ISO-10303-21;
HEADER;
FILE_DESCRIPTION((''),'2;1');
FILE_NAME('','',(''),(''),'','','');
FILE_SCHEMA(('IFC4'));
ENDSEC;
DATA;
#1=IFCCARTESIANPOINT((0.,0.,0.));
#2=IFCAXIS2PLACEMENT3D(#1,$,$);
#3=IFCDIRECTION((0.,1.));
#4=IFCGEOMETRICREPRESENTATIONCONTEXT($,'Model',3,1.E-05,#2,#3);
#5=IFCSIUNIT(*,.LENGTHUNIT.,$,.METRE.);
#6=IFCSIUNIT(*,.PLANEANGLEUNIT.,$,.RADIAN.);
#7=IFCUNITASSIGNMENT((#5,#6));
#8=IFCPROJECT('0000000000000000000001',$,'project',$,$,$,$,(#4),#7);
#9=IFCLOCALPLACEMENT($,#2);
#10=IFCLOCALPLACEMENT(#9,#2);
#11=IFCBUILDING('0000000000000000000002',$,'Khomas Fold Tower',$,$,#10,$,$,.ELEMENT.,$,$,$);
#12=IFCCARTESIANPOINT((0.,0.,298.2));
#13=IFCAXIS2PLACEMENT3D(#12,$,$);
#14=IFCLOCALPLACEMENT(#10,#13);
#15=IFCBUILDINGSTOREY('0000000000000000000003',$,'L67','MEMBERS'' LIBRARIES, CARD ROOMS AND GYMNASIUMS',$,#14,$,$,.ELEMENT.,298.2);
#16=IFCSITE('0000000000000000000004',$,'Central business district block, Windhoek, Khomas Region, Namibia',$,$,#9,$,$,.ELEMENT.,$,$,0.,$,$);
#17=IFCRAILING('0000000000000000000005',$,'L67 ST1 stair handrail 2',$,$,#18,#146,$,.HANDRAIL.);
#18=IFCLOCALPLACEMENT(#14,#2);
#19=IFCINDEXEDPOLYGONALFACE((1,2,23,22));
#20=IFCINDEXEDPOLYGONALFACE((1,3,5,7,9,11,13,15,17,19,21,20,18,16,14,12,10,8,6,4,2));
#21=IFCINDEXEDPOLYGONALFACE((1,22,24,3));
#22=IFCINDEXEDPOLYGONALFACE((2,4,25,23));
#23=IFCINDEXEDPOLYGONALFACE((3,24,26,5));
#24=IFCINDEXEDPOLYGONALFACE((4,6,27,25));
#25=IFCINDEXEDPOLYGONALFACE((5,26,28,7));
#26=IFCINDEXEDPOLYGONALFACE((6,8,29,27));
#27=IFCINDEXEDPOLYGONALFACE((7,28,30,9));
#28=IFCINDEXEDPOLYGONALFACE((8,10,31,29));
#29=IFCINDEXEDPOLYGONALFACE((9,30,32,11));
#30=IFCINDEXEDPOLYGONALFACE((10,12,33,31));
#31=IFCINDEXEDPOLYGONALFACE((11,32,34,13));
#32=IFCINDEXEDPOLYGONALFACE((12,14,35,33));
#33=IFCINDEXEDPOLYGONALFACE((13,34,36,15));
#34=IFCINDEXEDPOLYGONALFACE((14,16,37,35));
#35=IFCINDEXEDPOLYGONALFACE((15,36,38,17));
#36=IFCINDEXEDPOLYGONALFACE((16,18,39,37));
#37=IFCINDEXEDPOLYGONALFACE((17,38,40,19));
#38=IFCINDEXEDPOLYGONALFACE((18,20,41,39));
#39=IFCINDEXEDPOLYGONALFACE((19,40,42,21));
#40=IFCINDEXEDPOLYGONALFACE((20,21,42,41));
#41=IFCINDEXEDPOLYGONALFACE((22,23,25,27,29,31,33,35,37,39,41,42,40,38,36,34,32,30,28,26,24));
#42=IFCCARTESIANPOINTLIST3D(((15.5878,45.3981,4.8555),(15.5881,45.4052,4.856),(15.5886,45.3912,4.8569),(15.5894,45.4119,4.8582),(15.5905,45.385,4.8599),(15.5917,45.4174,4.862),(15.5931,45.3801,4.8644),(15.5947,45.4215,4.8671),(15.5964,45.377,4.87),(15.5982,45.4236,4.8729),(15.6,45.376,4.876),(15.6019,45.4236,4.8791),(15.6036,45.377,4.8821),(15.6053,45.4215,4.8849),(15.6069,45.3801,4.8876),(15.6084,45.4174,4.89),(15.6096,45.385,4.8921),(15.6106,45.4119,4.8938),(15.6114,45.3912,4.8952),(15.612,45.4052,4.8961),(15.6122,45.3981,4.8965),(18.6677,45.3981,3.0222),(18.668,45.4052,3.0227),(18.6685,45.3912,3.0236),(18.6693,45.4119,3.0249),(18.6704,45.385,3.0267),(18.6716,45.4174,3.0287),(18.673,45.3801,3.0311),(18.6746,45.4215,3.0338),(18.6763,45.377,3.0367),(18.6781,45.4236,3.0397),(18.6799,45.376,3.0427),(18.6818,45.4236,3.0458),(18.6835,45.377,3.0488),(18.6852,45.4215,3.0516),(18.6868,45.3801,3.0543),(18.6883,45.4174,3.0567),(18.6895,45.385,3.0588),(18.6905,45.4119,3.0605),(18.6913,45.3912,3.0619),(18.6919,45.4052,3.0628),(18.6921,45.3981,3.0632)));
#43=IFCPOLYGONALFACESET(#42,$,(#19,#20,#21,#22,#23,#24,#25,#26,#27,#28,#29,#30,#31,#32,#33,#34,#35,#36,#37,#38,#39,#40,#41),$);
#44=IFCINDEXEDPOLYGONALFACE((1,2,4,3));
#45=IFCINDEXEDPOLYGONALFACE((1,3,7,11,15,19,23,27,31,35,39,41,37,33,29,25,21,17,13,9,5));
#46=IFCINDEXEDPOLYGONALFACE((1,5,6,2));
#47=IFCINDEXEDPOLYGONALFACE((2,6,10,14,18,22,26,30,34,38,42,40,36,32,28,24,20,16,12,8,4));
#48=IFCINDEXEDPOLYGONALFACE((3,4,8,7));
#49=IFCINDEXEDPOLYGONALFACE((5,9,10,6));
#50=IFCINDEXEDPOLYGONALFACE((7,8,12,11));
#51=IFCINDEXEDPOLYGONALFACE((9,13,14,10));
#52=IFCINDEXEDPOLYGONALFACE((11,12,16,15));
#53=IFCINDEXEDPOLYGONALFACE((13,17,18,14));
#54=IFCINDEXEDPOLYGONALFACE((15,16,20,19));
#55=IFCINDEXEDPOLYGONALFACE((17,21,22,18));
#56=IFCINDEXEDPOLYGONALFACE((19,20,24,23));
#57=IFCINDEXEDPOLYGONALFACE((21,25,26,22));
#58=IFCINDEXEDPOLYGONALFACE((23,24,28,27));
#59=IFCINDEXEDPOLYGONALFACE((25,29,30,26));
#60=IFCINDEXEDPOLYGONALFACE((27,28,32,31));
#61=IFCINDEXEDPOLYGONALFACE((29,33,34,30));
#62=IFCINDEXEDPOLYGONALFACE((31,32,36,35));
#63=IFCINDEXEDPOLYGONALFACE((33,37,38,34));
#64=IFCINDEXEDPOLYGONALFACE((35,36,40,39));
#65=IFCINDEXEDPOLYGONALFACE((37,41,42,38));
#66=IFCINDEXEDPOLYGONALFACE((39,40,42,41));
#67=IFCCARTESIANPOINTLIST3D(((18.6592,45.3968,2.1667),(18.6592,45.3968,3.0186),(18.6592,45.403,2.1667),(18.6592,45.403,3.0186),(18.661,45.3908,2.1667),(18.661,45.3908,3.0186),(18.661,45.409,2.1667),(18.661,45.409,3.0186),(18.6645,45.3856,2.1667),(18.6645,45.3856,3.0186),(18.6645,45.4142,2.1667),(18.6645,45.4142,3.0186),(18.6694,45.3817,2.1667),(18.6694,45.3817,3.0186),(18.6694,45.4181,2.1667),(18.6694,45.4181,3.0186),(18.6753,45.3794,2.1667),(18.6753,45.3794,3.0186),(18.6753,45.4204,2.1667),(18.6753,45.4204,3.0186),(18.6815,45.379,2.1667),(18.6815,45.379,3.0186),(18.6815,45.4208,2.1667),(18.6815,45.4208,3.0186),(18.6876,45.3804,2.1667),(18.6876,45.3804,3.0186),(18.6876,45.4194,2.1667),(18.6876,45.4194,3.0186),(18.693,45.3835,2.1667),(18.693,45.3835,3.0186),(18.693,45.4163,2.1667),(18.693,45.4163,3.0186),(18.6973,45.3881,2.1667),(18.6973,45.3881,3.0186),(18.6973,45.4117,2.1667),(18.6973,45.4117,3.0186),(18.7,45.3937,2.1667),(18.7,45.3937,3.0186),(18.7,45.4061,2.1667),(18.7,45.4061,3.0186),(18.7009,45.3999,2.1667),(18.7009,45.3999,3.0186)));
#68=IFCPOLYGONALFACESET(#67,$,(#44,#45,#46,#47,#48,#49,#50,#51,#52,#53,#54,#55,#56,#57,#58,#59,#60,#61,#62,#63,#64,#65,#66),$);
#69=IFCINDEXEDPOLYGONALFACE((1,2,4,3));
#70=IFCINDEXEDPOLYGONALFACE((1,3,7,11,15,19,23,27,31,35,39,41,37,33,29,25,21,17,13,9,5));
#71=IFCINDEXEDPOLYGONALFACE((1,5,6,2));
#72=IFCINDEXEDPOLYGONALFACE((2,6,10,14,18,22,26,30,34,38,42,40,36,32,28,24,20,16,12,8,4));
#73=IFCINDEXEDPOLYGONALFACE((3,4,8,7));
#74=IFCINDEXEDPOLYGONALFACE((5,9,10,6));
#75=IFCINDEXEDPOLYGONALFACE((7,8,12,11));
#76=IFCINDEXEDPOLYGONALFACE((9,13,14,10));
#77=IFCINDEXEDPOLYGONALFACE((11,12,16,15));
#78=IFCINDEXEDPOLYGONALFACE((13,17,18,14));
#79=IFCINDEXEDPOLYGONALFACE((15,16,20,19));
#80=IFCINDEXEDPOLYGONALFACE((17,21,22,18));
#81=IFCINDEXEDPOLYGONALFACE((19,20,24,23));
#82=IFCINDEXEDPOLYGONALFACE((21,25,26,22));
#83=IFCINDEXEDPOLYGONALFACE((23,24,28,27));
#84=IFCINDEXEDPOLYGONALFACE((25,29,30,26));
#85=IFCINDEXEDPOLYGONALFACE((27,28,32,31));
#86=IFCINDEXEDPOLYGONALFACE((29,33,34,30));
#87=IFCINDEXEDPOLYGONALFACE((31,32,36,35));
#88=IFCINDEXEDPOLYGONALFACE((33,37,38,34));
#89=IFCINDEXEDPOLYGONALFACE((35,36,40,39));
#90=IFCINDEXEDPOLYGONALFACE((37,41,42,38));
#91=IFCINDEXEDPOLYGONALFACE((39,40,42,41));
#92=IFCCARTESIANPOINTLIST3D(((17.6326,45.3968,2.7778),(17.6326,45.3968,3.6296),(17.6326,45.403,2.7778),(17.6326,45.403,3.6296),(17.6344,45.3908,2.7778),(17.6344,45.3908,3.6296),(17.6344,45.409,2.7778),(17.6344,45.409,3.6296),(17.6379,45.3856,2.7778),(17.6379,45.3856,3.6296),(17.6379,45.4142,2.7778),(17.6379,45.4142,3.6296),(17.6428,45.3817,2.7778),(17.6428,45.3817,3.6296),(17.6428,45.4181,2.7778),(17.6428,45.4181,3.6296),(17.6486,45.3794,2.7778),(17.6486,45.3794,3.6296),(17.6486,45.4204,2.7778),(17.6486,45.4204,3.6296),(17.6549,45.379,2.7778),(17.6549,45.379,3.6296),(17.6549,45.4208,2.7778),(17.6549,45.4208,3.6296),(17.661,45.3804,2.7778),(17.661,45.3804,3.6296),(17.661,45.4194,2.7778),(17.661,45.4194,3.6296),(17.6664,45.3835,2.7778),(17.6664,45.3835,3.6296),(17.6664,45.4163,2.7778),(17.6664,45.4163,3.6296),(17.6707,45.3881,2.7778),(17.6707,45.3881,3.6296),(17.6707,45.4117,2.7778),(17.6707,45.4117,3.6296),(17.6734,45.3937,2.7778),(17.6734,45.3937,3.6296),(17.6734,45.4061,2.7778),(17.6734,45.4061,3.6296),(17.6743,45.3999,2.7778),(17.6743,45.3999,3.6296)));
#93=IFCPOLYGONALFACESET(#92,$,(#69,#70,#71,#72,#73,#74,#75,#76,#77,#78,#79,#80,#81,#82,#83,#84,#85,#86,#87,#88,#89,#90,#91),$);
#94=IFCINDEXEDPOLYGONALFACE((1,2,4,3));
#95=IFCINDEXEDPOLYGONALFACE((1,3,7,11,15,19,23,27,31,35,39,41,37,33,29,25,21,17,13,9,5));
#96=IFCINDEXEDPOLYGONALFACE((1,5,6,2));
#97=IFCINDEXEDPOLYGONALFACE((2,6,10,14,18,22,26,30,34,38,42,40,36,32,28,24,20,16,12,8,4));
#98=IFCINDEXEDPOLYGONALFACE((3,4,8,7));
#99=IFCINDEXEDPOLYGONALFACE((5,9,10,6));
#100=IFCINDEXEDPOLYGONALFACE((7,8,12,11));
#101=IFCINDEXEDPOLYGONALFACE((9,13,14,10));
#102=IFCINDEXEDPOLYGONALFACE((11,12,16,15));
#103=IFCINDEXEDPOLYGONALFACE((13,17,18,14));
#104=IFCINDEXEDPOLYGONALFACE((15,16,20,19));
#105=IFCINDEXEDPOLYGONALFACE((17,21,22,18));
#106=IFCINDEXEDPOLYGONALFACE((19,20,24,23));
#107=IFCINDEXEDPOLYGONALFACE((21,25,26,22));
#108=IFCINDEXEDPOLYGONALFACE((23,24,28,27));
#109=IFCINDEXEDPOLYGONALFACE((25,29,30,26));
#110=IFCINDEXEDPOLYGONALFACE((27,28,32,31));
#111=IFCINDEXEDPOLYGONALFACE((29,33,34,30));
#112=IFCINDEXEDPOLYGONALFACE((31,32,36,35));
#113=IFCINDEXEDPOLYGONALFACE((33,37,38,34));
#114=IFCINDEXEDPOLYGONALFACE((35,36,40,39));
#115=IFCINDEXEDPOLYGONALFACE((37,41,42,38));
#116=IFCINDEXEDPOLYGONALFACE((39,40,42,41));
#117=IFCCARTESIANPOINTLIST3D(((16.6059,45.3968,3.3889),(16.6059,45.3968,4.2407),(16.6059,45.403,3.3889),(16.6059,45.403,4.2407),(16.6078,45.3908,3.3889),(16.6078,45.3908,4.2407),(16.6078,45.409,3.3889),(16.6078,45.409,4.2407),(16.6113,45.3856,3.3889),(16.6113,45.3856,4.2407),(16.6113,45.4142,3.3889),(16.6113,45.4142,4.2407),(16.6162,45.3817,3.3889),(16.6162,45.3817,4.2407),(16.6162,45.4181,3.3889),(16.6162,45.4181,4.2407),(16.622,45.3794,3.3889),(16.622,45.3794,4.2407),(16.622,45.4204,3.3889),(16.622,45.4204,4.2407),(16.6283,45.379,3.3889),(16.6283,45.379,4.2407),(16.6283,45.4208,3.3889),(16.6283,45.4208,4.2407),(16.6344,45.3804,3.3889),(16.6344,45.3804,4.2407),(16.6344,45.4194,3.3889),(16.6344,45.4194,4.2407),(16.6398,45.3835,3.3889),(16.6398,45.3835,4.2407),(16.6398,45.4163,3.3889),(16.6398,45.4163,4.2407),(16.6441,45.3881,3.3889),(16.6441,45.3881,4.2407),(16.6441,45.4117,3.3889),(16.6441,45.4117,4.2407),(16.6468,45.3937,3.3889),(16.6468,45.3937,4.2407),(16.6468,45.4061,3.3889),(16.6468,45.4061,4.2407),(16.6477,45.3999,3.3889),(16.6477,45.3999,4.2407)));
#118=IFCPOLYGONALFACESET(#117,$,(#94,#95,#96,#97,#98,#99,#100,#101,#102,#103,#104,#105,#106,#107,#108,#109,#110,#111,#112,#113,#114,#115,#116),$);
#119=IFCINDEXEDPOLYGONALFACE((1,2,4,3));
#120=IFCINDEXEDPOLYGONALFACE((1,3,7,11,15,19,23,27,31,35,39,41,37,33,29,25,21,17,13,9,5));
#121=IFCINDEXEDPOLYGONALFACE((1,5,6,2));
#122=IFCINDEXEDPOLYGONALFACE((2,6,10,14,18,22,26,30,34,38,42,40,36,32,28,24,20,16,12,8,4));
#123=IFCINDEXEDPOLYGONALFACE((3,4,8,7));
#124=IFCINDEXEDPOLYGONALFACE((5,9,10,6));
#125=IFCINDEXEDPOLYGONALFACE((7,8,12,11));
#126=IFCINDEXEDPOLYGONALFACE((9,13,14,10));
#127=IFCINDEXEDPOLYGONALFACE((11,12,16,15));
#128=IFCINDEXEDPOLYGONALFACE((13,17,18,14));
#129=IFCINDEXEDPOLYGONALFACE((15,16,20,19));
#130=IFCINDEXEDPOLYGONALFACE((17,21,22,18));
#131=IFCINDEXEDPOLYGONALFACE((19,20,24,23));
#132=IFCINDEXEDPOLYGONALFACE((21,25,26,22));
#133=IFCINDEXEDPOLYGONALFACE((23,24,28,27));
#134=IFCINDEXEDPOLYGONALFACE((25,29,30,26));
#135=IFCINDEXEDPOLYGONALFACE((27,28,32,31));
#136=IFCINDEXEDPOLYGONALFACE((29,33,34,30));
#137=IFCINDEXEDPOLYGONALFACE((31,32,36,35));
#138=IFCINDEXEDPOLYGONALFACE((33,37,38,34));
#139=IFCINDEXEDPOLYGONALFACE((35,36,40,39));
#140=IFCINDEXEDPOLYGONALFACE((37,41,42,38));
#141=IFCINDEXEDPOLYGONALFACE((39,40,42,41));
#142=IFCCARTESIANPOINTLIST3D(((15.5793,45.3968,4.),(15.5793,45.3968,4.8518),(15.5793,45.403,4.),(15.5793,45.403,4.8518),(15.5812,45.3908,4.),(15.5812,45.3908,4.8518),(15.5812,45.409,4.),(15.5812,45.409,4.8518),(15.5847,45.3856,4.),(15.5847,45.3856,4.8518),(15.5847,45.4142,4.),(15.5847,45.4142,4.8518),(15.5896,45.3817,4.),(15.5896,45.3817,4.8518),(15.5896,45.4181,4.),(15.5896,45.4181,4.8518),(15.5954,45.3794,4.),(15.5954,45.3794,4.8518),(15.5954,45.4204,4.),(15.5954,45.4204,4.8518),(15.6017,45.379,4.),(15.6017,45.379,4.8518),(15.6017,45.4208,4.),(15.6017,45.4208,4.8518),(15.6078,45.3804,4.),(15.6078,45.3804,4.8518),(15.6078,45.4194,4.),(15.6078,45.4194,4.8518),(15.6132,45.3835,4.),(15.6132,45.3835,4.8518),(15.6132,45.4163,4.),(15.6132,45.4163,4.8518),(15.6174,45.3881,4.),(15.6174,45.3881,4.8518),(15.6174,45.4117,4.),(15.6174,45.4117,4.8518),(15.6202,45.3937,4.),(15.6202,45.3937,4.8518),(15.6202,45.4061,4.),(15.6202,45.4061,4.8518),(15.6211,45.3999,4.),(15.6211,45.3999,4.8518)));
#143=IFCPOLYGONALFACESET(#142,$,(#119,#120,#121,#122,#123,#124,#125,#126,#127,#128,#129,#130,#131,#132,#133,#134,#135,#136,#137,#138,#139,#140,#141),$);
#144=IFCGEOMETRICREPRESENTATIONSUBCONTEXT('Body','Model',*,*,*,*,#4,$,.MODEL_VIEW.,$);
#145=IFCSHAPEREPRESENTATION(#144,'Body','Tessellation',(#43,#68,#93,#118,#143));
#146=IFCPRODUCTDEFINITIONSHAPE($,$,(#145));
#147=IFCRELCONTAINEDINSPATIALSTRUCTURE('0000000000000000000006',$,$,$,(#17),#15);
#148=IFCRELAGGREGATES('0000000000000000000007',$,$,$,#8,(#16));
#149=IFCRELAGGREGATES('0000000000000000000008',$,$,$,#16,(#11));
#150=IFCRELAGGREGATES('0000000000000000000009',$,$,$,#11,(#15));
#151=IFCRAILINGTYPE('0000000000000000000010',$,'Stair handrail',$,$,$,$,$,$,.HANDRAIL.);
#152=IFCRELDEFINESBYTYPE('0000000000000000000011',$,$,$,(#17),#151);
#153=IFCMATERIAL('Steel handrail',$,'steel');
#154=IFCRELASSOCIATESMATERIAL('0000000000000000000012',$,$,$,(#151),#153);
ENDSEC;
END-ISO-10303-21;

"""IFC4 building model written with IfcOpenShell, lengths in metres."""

from ifc_helpers import new_model, si_unit, direction, frame, origin, origin_2d, place, context, subcontext, project, spatial, circle, extrude, source, transform, mapped, material, type_object, element, save


model = new_model("IFC4")

# Units and contexts
model_context = context("Model", 3, precision=1e-05, world=origin(), true_north=direction((0.0, 1.0)))
body_context = subcontext(model_context, "Body", "Model", "MODEL_VIEW")
ifc_project = project(units=[si_unit("LENGTHUNIT", "METRE"), si_unit("PLANEANGLEUNIT", "RADIAN")], contexts=[model_context])

# Site, building, storey
site_placement = place(None, origin())
site = spatial("IfcSite", under=ifc_project, at=site_placement, Name="Central business district block, Windhoek, Khomas Region, Namibia", CompositionType="ELEMENT", RefElevation=0.0)
building_placement = place(site_placement, origin())
building = spatial("IfcBuilding", under=site, at=building_placement, Name="Khomas Fold Tower", CompositionType="ELEMENT")
storey_placement = place(building_placement, frame((0.0, 0.0, 298.2)))
storey = spatial("IfcBuildingStorey", under=building, at=storey_placement, Name="L67", Description="MEMBERS' LIBRARIES, CARD ROOMS AND GYMNASIUMS", CompositionType="ELEMENT", Elevation=298.2)

# Railing
ifc_material_1 = material(Name="Steel handrail", Category="steel")
railing_type_1 = type_object("IfcRailingType", Name="Stair handrail", PredefinedType="HANDRAIL", material=ifc_material_1)
shared_shape_1 = source(origin(), body_context, "Body", "SweptSolid", [
    extrude(circle(Radius=0.0239, at=origin_2d()), frame((0.0, 0.0, 0.876), z_axis=(-0.859291, 0.0, 0.511487), x_axis=(0.0, -1.0, 0.0)), (0.0, 0.0, 1.0), 3.5842),
    extrude(circle(Radius=0.021, at=origin_2d()), origin(), (0.0, 0.0, 1.0), 0.8518),
    extrude(circle(Radius=0.021, at=origin_2d()), frame((-1.0266, 0.0, 0.6111)), (0.0, 0.0, 1.0), 0.8518),
    extrude(circle(Radius=0.021, at=origin_2d()), frame((-2.0532, 0.0, 1.2222)), (0.0, 0.0, 1.0), 0.8518),
    extrude(circle(Radius=0.021, at=origin_2d()), frame((-3.0798, 0.0, 1.8333)), (0.0, 0.0, 1.0), 0.8518),
])
railing_1_placement = place(storey_placement, frame((18.6799, 45.3999, 2.1667)))
element("IfcRailing", 1, at=railing_1_placement, inside=storey, type_object=railing_type_1, Name="L67 ST1 stair handrail 2", PredefinedType="HANDRAIL", context=body_context, shape_type="MappedRepresentation", body=[
    mapped(shared_shape_1, transform((0.0, 0.0, 0.0))),
])

save(model, "model.ifc")
